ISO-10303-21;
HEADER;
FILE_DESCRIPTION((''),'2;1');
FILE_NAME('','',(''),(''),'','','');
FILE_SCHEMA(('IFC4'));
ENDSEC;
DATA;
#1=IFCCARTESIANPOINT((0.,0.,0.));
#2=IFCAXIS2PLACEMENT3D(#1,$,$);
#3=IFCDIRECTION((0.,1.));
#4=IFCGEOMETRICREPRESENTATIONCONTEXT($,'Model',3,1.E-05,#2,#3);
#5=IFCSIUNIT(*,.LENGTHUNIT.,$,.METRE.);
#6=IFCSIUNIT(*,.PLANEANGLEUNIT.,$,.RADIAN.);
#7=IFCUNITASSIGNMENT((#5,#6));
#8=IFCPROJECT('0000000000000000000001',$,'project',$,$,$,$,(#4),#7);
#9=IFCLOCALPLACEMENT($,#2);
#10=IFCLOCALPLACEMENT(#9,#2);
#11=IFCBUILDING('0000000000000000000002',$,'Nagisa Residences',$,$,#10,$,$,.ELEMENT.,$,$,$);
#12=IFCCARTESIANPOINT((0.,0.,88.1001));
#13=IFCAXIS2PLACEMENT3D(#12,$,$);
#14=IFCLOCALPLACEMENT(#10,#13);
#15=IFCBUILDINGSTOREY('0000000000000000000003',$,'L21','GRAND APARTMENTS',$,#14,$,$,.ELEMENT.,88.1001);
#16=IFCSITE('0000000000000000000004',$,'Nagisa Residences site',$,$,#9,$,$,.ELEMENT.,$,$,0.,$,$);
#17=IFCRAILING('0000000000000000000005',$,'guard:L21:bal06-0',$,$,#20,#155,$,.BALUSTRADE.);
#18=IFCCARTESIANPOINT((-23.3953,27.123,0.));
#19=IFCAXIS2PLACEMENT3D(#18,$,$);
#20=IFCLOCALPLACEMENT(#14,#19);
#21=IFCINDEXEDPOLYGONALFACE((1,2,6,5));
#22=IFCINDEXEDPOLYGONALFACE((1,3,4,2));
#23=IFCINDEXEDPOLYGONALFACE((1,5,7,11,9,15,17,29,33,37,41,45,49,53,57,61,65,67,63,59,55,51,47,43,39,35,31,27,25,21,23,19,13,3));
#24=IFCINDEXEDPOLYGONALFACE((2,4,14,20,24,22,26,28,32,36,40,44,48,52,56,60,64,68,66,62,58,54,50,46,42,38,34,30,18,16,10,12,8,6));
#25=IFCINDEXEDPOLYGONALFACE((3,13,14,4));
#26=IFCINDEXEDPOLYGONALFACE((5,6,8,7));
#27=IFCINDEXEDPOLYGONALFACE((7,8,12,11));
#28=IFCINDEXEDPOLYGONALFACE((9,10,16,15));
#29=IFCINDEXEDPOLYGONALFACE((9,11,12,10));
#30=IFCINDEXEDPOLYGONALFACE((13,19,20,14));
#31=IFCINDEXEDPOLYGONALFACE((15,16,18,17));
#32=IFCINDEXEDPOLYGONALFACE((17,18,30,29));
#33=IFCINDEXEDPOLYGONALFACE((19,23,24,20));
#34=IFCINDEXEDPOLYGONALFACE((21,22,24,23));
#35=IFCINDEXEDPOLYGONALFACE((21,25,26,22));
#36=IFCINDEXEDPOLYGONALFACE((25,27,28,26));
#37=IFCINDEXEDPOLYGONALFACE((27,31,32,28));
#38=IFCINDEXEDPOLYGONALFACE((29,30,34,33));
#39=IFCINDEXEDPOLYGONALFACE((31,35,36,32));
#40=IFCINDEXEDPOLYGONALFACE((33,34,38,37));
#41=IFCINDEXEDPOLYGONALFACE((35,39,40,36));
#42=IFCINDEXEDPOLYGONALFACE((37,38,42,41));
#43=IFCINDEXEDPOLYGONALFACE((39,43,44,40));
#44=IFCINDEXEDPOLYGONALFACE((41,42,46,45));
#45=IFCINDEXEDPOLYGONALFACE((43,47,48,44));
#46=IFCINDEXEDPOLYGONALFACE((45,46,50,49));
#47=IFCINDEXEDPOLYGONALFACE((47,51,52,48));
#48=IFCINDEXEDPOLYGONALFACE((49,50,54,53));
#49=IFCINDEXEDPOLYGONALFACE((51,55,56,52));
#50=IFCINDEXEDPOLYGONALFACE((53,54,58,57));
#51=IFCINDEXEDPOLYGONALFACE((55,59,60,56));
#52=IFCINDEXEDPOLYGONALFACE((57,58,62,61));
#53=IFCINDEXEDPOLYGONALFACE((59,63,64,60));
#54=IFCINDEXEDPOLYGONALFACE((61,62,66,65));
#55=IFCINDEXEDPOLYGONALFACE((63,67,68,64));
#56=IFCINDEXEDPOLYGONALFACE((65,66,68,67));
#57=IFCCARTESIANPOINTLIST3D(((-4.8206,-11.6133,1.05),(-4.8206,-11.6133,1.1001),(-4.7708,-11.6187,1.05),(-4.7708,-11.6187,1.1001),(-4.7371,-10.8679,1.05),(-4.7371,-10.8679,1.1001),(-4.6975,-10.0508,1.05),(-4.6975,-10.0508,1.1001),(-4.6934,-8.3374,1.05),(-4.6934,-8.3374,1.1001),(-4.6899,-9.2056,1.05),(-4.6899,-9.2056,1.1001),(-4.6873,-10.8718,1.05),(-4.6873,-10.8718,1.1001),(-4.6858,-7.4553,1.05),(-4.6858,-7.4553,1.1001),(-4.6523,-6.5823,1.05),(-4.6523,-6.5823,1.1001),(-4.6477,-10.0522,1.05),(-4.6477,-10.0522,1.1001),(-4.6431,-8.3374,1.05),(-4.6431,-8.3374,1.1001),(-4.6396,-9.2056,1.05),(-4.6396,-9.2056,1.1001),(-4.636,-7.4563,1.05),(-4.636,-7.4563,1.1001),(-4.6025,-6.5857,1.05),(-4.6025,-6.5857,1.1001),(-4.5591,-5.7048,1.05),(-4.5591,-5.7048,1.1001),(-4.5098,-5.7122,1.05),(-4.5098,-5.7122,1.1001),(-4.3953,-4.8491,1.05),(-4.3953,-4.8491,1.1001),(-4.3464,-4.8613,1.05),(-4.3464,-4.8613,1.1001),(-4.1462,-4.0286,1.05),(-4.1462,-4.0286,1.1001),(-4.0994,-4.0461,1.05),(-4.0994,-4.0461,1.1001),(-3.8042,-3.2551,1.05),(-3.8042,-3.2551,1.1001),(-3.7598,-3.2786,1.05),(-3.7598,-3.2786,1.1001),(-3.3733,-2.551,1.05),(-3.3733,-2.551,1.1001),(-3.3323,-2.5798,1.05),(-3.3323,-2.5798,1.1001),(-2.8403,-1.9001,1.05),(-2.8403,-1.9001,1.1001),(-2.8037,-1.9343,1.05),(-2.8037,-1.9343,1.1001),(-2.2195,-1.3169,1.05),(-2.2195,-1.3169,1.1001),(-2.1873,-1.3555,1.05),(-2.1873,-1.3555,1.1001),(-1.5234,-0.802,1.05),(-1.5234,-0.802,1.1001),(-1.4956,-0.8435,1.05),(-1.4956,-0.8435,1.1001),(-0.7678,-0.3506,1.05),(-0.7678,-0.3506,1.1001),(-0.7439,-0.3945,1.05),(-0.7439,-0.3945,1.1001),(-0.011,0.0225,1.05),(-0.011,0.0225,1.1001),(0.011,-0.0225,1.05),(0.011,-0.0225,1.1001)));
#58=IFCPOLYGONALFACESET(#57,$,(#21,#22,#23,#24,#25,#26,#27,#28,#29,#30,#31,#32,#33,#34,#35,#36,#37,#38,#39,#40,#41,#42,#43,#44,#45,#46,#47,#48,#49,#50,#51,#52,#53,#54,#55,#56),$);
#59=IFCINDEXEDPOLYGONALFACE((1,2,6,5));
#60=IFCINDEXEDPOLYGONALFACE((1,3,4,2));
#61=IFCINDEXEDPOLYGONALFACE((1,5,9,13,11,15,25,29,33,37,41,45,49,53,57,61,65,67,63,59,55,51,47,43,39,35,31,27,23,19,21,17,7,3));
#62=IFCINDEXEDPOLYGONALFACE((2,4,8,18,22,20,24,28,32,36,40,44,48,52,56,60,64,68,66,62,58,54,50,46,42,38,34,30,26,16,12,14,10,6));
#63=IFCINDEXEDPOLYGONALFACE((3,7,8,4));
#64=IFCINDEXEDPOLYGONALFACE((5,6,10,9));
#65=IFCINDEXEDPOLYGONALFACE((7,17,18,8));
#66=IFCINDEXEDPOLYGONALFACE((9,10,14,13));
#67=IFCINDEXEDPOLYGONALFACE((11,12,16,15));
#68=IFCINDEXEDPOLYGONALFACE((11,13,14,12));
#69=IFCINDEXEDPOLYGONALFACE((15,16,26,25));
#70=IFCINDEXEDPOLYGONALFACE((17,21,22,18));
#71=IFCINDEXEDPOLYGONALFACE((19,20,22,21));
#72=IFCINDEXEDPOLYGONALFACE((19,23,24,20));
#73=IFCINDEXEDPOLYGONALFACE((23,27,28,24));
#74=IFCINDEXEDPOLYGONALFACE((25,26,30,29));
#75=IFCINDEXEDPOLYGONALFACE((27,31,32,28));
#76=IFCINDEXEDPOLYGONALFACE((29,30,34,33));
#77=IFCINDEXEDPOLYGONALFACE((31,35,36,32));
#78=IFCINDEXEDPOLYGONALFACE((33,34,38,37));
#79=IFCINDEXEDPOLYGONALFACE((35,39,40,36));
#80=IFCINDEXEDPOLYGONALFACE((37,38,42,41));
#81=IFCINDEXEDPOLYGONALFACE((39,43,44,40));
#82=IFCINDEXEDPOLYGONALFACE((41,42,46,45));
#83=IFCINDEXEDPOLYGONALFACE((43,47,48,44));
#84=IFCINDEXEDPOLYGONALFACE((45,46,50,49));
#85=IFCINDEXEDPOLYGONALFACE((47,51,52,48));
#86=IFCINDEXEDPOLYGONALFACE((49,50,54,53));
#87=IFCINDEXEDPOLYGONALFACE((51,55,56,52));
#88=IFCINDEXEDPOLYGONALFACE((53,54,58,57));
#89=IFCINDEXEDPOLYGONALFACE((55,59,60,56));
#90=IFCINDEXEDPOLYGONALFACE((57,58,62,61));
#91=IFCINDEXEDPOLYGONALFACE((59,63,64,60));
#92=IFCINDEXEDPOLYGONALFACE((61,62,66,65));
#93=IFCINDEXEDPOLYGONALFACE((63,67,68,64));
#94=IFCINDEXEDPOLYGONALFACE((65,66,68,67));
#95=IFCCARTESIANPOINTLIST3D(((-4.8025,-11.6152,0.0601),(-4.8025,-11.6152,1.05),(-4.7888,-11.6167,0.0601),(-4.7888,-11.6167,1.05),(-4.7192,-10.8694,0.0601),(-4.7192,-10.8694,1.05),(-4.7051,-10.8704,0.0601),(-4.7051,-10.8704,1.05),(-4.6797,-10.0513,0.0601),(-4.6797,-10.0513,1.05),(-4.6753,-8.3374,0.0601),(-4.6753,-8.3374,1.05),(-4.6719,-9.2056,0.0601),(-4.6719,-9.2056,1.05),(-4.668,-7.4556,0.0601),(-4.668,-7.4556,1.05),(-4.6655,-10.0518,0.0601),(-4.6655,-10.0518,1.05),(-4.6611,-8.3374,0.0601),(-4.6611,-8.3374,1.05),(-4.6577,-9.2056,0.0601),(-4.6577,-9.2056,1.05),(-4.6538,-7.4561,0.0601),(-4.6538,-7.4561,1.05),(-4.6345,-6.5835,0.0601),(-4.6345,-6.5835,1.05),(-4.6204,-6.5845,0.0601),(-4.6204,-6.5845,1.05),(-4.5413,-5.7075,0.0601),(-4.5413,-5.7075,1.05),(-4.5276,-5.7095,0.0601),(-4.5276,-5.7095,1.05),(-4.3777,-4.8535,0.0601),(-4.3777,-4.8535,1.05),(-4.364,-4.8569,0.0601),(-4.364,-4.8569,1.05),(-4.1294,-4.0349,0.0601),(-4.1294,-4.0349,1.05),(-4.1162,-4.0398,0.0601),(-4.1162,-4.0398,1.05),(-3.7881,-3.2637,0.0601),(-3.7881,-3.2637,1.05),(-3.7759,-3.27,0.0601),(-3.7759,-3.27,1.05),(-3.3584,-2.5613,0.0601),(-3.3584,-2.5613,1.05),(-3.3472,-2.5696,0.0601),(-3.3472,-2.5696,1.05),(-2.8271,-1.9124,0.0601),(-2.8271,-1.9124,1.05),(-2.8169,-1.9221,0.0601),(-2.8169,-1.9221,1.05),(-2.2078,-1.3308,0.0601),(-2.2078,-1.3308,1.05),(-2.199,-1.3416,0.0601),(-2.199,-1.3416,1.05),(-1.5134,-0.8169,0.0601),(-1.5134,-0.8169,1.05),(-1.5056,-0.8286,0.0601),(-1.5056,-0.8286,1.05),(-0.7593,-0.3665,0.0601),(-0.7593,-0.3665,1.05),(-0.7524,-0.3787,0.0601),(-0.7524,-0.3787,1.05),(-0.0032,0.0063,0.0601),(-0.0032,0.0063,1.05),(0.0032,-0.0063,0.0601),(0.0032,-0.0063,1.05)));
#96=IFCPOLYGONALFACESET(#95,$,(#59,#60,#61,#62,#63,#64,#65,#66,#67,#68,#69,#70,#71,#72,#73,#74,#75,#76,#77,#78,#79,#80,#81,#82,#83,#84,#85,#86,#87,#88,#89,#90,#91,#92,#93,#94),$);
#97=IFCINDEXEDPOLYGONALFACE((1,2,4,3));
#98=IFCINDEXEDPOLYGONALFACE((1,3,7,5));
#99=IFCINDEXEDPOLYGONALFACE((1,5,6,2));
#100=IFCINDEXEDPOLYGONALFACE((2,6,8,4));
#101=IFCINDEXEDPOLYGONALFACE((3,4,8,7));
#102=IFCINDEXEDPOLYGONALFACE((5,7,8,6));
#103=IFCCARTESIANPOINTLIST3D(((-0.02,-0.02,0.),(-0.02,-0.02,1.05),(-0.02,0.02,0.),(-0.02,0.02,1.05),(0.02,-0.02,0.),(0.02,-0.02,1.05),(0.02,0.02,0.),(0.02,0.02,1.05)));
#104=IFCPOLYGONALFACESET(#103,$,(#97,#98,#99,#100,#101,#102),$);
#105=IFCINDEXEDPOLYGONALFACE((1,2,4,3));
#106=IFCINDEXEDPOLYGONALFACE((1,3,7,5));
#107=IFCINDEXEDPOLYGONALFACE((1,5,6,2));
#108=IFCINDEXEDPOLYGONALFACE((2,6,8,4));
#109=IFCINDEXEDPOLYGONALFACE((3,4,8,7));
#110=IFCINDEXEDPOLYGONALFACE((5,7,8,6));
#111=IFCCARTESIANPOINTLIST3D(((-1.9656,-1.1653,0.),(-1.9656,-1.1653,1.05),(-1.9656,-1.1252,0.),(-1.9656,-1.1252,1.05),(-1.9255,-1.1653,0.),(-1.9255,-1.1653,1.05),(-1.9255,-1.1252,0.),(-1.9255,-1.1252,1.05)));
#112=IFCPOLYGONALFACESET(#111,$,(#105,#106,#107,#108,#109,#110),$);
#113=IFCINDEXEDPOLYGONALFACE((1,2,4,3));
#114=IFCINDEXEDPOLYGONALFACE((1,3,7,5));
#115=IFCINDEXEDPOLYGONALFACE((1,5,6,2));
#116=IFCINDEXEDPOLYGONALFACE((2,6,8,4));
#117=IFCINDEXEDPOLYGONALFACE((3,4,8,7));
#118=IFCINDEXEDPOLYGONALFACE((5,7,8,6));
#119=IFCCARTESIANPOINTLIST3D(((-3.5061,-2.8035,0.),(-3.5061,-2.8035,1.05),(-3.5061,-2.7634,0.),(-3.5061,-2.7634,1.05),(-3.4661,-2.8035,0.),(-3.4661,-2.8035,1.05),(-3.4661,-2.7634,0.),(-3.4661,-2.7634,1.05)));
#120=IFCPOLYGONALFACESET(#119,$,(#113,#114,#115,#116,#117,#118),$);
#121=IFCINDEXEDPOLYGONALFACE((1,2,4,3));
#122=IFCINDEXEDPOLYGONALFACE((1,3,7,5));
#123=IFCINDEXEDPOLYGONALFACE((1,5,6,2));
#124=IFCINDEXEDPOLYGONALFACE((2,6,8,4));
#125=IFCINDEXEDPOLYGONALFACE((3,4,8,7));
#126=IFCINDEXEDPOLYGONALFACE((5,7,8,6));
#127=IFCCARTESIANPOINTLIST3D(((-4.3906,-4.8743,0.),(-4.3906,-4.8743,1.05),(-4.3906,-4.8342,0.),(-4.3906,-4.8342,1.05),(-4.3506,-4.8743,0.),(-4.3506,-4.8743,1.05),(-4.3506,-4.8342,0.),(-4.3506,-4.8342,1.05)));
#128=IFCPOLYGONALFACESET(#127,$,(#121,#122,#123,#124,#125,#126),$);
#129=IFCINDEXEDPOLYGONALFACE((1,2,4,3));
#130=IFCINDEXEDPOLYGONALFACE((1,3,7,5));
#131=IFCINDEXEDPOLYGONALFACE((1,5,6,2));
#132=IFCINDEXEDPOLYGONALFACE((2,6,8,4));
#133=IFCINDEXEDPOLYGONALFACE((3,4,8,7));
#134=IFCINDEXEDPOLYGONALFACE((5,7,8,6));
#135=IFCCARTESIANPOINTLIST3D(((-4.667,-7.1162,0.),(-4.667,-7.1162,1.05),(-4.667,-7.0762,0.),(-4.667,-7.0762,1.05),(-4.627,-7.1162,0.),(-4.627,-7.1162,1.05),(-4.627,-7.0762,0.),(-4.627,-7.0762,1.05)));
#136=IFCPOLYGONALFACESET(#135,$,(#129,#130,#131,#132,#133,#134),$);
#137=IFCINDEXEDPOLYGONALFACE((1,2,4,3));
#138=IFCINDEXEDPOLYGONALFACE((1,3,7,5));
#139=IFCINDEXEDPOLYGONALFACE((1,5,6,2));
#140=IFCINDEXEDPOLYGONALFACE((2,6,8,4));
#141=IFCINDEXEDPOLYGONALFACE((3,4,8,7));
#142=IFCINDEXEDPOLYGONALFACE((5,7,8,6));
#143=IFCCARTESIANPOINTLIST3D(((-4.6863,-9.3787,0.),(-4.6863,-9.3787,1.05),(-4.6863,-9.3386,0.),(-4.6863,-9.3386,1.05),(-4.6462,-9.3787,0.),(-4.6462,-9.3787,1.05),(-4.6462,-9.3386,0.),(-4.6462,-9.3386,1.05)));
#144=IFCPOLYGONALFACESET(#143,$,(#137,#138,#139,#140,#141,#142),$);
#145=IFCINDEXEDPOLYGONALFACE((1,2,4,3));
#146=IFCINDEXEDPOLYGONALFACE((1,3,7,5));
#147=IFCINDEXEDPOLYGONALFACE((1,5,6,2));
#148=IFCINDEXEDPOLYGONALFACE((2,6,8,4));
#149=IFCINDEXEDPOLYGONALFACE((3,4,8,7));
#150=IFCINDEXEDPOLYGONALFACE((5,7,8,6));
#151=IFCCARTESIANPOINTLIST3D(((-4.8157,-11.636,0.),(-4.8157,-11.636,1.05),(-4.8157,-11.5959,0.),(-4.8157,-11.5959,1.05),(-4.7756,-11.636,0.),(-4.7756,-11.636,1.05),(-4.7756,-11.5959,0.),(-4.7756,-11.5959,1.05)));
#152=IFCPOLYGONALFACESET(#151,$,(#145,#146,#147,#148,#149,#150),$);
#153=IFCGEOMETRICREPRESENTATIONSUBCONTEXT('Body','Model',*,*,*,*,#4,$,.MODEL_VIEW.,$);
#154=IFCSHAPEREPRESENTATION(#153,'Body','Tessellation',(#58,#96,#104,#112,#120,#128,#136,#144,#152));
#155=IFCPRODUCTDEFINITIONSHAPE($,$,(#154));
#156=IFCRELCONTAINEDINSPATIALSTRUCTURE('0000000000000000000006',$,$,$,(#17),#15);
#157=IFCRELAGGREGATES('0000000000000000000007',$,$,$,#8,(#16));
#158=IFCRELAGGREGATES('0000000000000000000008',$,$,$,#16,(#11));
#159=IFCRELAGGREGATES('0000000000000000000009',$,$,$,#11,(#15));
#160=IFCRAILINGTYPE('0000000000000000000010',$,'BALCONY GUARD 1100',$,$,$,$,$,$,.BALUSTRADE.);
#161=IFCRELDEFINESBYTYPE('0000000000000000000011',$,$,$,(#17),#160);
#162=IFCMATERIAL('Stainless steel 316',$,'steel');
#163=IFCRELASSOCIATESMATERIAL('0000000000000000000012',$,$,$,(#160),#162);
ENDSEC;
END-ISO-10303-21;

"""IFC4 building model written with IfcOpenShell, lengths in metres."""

from ifc_helpers import new_model, si_unit, direction, frame, origin, origin_2d, place, context, subcontext, project, spatial, polyline, rectangle, outline, extrude, material, type_object, element, save


model = new_model("IFC4")

# Units and contexts
model_context = context("Model", 3, precision=1e-05, world=origin(), true_north=direction((0.0, 1.0)))
body_context = subcontext(model_context, "Body", "Model", "MODEL_VIEW")
ifc_project = project(units=[si_unit("LENGTHUNIT", "METRE"), si_unit("PLANEANGLEUNIT", "RADIAN")], contexts=[model_context])

# Site, building, storey
site_placement = place(None, origin())
site = spatial("IfcSite", under=ifc_project, at=site_placement, Name="Nagisa Residences site", CompositionType="ELEMENT", RefElevation=0.0)
building_placement = place(site_placement, origin())
building = spatial("IfcBuilding", under=site, at=building_placement, Name="Nagisa Residences", CompositionType="ELEMENT")
storey_placement = place(building_placement, frame((0.0, 0.0, 88.1001)))
storey = spatial("IfcBuildingStorey", under=building, at=storey_placement, Name="L21", Description="GRAND APARTMENTS", CompositionType="ELEMENT", Elevation=88.1001)

# Railing
ifc_material_1 = material(Name="Stainless steel 316", Category="steel")
railing_type = type_object("IfcRailingType", Name="BALCONY GUARD 1100", PredefinedType="BALUSTRADE", material=ifc_material_1)
railing_placement = place(storey_placement, frame((-23.3953, 27.123, 0.0)))
element("IfcRailing", 1, at=railing_placement, inside=storey, type_object=railing_type, Name="guard:L21:bal06-0", PredefinedType="BALUSTRADE", context=body_context, shape_type="SweptSolid", body=[
    extrude(outline(polyline([(-0.7439, -0.3945), (0.011, -0.0225), (-0.011, 0.0225), (-0.7678, -0.3506), (-1.5234, -0.802), (-2.2195, -1.3169), (-2.8403, -1.9001), (-3.3733, -2.551), (-3.8042, -3.2551), (-4.1462, -4.0286), (-4.3953, -4.8491), (-4.5591, -5.7048), (-4.6523, -6.5823), (-4.6858, -7.4553), (-4.6934, -8.3374), (-4.6899, -9.2056), (-4.6975, -10.0508), (-4.7371, -10.8679), (-4.8206, -11.6133), (-4.7708, -11.6187), (-4.6873, -10.8718), (-4.6477, -10.0522), (-4.6396, -9.2056), (-4.6431, -8.3374), (-4.636, -7.4563), (-4.6025, -6.5857), (-4.5098, -5.7122), (-4.3464, -4.8613), (-4.0994, -4.0461), (-3.7598, -3.2786), (-3.3323, -2.5798), (-2.8037, -1.9343), (-2.1873, -1.3555), (-1.4956, -0.8435), (-0.7439, -0.3945)])), frame((0.0, 0.0, 1.05)), (0.0, 0.0, 1.0), 0.05),
    extrude(outline(polyline([(-0.7524, -0.3787), (0.0032, -0.0063), (-0.0032, 0.0063), (-0.7593, -0.3665), (-1.5134, -0.8169), (-2.2078, -1.3308), (-2.8271, -1.9124), (-3.3584, -2.5613), (-3.7881, -3.2637), (-4.1294, -4.0349), (-4.3777, -4.8535), (-4.5413, -5.7075), (-4.6345, -6.5835), (-4.668, -7.4556), (-4.6753, -8.3374), (-4.6719, -9.2056), (-4.6797, -10.0513), (-4.7192, -10.8694), (-4.8025, -11.6152), (-4.7888, -11.6167), (-4.7051, -10.8704), (-4.6655, -10.0518), (-4.6577, -9.2056), (-4.6611, -8.3374), (-4.6538, -7.4561), (-4.6204, -6.5845), (-4.5276, -5.7095), (-4.364, -4.8569), (-4.1162, -4.0398), (-3.7759, -3.27), (-3.3472, -2.5696), (-2.8169, -1.9221), (-2.199, -1.3416), (-1.5056, -0.8286), (-0.7524, -0.3787)])), frame((0.0, 0.0, 0.0601)), (0.0, 0.0, 1.0), 0.99),
    extrude(rectangle(XDim=0.04, YDim=0.04, at=origin_2d()), origin(), (0.0, 0.0, 1.0), 1.05),
    extrude(rectangle(XDim=0.04, YDim=0.04, at=origin_2d()), frame((-1.9456, -1.1453, 0.0)), (0.0, 0.0, 1.0), 1.05),
    extrude(rectangle(XDim=0.04, YDim=0.04, at=origin_2d()), frame((-3.4861, -2.7834, 0.0)), (0.0, 0.0, 1.0), 1.05),
    extrude(rectangle(XDim=0.04, YDim=0.04, at=origin_2d()), frame((-4.3706, -4.8542, 0.0)), (0.0, 0.0, 1.0), 1.05),
    extrude(rectangle(XDim=0.04, YDim=0.04, at=origin_2d()), frame((-4.647, -7.0962, 0.0)), (0.0, 0.0, 1.0), 1.05),
    extrude(rectangle(XDim=0.04, YDim=0.04, at=origin_2d()), frame((-4.6663, -9.3586, 0.0)), (0.0, 0.0, 1.0), 1.05),
    extrude(rectangle(XDim=0.04, YDim=0.04, at=origin_2d()), frame((-4.7957, -11.616, 0.0)), (0.0, 0.0, 1.0), 1.05),
])

save(model, "model.ifc")
